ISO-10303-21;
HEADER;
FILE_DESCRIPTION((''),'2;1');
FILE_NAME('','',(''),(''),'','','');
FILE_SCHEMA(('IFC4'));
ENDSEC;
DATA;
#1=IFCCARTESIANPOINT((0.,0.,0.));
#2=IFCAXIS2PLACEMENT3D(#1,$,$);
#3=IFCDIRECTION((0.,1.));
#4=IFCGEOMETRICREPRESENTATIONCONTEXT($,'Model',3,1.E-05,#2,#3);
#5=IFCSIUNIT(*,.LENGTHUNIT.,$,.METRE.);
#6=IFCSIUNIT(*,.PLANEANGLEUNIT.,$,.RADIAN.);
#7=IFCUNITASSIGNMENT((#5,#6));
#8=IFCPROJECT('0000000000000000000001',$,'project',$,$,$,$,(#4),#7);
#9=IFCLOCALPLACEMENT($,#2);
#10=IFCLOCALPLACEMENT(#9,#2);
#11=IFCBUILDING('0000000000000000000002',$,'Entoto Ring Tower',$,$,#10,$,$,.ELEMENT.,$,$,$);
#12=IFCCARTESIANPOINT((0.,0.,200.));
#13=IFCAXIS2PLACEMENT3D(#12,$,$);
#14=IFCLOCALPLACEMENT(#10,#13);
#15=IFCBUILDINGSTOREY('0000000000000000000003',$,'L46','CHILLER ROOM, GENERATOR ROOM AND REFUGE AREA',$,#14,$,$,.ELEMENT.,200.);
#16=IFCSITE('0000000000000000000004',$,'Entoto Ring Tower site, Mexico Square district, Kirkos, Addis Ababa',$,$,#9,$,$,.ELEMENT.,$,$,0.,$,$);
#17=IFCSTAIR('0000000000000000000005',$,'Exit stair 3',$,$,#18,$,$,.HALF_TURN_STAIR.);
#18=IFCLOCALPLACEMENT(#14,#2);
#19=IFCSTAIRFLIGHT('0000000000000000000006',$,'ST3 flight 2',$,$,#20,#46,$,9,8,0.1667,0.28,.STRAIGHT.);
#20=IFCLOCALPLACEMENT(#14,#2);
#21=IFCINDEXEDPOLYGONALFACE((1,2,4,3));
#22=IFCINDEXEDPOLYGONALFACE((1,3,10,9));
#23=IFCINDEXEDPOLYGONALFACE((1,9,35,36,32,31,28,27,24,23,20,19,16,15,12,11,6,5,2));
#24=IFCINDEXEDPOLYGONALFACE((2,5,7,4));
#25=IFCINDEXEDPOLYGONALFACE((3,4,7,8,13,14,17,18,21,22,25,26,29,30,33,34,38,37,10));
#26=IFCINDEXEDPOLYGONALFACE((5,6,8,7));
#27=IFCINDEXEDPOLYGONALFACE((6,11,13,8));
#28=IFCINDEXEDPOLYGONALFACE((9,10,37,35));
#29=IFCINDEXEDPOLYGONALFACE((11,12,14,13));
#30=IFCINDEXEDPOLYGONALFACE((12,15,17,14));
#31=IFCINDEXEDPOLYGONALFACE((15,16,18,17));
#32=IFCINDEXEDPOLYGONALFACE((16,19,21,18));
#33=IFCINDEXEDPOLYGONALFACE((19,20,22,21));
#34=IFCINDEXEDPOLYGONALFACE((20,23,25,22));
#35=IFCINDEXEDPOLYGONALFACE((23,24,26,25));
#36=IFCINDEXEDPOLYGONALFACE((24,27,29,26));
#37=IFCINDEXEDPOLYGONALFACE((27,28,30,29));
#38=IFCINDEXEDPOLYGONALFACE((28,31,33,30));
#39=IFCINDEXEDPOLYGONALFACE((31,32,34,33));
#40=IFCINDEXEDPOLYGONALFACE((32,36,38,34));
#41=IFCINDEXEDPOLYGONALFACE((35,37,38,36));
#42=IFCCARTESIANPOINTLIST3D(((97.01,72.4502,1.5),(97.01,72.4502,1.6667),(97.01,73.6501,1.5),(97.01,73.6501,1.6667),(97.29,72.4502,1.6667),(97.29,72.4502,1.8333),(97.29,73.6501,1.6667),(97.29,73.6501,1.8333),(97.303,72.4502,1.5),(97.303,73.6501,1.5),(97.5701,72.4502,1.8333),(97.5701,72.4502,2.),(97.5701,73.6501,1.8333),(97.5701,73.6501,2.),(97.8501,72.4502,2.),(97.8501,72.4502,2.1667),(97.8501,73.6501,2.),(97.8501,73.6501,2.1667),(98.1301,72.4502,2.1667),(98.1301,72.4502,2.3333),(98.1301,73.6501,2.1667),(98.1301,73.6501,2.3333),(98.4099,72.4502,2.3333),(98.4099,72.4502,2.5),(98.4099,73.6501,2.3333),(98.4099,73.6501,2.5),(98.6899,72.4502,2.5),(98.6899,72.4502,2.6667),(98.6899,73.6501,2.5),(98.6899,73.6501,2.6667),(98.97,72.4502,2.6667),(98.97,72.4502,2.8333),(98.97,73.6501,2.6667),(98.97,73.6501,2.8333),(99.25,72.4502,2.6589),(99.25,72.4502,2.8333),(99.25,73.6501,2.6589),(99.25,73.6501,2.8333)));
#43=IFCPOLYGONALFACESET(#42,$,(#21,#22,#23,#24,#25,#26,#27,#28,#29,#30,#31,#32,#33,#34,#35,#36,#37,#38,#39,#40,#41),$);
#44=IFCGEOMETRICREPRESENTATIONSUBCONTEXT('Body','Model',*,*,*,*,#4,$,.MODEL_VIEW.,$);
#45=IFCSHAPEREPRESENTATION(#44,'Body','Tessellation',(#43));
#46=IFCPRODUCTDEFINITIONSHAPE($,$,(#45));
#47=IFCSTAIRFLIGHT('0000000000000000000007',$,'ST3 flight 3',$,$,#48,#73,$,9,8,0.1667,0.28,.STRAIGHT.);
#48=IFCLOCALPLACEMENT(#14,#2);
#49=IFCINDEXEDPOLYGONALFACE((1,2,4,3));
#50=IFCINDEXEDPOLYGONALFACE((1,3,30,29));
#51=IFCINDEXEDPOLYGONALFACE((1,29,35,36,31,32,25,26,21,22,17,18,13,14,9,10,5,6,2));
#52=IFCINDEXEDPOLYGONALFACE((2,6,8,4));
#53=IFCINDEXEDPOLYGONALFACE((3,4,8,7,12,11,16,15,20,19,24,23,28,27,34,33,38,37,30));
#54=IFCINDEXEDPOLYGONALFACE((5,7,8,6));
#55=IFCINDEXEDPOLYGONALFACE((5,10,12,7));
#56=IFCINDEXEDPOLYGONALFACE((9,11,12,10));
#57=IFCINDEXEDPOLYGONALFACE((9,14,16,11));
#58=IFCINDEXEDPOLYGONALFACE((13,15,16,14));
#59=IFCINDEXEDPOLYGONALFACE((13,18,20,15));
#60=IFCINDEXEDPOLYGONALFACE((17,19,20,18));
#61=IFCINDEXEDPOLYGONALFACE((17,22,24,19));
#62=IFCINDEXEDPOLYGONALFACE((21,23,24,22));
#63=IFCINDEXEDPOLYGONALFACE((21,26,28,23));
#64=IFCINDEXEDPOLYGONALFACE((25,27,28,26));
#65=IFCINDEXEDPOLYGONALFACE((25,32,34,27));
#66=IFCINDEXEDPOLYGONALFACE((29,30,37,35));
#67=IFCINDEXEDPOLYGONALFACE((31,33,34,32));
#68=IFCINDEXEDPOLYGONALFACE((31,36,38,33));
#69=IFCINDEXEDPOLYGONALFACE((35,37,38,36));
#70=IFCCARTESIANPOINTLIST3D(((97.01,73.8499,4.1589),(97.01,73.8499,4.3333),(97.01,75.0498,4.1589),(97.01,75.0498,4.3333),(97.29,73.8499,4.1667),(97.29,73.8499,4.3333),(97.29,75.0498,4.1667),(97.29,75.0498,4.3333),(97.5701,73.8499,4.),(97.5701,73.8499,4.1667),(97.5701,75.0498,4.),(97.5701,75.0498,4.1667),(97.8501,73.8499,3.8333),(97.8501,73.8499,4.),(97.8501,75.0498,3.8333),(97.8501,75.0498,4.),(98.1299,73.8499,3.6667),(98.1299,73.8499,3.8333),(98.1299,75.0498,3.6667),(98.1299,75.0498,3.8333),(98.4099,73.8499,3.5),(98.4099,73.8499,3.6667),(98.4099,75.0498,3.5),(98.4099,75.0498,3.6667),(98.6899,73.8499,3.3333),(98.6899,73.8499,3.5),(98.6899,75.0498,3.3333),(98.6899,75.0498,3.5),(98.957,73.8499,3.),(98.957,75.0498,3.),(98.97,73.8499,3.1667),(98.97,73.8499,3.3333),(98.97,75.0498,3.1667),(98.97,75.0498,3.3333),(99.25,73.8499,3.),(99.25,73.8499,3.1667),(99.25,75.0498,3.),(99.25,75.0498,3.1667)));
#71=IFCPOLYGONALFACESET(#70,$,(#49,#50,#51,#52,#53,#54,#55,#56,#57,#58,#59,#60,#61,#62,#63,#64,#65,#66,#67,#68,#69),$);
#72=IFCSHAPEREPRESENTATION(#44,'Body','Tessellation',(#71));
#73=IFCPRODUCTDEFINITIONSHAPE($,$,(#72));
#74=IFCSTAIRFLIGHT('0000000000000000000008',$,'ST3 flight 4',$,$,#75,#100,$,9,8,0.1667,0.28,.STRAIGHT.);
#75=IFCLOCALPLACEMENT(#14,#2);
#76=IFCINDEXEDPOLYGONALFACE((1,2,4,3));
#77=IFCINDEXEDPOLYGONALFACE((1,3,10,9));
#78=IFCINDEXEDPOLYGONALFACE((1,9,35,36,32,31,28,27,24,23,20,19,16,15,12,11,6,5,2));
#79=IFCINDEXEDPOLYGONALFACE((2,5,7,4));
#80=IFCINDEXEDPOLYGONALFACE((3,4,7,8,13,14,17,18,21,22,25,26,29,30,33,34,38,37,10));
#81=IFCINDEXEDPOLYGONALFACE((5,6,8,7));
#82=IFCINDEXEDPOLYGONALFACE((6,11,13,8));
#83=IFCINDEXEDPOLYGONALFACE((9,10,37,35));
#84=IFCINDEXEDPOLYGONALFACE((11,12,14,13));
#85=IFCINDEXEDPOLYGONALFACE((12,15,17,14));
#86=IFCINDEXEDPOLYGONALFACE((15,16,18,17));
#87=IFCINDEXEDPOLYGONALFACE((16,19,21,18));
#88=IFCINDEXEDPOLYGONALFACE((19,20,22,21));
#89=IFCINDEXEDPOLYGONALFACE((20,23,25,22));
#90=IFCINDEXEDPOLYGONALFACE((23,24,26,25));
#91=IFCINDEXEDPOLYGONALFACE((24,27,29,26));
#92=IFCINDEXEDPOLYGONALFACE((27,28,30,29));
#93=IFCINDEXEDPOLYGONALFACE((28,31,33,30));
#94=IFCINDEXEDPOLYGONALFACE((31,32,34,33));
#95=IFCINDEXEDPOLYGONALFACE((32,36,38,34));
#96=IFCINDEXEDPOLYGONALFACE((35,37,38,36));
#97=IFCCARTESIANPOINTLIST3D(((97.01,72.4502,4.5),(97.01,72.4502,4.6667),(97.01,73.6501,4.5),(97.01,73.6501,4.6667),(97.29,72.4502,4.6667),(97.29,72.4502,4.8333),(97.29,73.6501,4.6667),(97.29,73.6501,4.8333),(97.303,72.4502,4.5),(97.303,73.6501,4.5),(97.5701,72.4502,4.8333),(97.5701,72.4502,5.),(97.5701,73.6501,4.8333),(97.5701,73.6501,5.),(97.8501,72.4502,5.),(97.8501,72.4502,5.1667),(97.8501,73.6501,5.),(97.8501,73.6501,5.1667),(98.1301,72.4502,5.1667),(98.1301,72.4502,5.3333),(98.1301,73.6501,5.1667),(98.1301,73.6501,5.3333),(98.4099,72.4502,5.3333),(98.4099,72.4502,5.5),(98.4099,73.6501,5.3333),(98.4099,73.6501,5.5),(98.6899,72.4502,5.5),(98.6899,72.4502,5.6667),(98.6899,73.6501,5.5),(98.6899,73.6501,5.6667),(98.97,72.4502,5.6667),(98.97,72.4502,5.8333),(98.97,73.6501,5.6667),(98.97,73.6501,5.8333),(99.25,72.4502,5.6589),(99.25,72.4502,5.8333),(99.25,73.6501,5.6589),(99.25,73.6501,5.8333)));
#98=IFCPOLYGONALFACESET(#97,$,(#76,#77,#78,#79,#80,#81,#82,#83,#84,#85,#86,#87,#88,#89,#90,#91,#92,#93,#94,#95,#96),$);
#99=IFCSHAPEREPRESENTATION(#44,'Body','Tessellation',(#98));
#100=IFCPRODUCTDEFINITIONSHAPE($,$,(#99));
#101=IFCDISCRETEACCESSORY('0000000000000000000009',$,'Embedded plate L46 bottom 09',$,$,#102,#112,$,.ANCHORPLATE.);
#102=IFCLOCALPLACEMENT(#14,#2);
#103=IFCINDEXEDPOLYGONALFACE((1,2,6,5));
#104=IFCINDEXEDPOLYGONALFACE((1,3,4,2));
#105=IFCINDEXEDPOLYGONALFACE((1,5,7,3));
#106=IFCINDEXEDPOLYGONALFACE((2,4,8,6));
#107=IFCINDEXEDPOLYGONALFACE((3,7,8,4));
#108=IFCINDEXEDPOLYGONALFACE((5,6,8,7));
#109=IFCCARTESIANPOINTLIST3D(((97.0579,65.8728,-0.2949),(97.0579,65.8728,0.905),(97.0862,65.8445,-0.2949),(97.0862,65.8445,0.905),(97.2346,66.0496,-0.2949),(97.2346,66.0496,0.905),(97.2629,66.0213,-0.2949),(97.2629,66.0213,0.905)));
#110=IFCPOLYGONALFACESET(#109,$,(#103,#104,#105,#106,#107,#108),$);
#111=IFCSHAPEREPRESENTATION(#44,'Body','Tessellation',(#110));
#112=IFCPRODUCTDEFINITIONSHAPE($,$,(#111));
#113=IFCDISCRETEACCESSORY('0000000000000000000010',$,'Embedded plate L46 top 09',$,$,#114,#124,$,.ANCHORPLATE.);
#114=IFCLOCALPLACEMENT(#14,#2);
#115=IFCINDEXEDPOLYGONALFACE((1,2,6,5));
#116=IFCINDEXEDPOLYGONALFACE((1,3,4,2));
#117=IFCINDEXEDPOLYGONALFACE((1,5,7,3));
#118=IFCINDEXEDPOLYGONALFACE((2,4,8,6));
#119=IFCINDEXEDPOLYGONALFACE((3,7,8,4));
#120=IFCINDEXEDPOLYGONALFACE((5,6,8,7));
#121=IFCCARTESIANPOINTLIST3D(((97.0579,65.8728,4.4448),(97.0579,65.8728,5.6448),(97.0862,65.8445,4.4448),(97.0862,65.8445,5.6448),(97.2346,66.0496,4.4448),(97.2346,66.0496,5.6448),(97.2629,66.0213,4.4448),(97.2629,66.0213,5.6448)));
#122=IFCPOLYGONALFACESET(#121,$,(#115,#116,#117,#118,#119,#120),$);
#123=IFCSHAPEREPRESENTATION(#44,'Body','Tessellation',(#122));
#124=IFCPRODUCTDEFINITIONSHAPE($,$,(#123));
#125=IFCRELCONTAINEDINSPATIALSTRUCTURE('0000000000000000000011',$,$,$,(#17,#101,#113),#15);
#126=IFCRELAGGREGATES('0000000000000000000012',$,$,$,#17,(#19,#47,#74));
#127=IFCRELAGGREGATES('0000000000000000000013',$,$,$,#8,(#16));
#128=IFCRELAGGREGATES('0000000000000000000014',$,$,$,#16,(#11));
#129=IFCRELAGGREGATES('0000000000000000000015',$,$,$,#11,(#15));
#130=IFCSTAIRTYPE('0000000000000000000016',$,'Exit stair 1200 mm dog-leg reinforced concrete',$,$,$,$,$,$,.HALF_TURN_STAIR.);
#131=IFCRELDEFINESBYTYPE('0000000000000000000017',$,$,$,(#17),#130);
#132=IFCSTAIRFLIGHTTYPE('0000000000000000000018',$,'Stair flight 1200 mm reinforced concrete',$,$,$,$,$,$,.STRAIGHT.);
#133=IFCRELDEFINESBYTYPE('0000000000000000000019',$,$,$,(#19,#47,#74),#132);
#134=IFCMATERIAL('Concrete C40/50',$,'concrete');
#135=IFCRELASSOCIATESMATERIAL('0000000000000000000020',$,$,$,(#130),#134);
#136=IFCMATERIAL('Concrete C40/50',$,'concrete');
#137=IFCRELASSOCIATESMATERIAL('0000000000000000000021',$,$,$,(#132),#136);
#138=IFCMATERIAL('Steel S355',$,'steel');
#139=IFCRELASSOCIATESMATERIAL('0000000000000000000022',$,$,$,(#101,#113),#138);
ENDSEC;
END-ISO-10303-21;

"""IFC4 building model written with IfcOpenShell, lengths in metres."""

from ifc_helpers import new_model, si_unit, direction, frame, origin, origin_2d, place, context, subcontext, project, spatial, polyline, rectangle, outline, extrude, material, type_object, element, aggregate, save


model = new_model("IFC4")

# Units and contexts
model_context = context("Model", 3, precision=1e-05, world=origin(), true_north=direction((0.0, 1.0)))
body_context = subcontext(model_context, "Body", "Model", "MODEL_VIEW")
ifc_project = project(units=[si_unit("LENGTHUNIT", "METRE"), si_unit("PLANEANGLEUNIT", "RADIAN")], contexts=[model_context])

# Site, building, storey
site_placement = place(None, origin())
site = spatial("IfcSite", under=ifc_project, at=site_placement, Name="Entoto Ring Tower site, Mexico Square district, Kirkos, Addis Ababa", CompositionType="ELEMENT", RefElevation=0.0)
building_placement = place(site_placement, origin())
building = spatial("IfcBuilding", under=site, at=building_placement, Name="Entoto Ring Tower", CompositionType="ELEMENT")
storey_placement = place(building_placement, frame((0.0, 0.0, 200.0)))
storey = spatial("IfcBuildingStorey", under=building, at=storey_placement, Name="L46", Description="CHILLER ROOM, GENERATOR ROOM AND REFUGE AREA", CompositionType="ELEMENT", Elevation=200.0)

# Stair, stair flights
ifc_material_1 = material(Name="Concrete C40/50", Category="concrete")
stair_type = type_object("IfcStairType", Name="Exit stair 1200 mm dog-leg reinforced concrete", PredefinedType="HALF_TURN_STAIR", material=ifc_material_1)
stair_placement = place(storey_placement, origin())
stair = element("IfcStair", 1, at=stair_placement, inside=storey, type_object=stair_type, Name="Exit stair 3", PredefinedType="HALF_TURN_STAIR")
ifc_material_2 = material(Name="Concrete C40/50", Category="concrete")
stair_flight_type = type_object("IfcStairFlightType", Name="Stair flight 1200 mm reinforced concrete", PredefinedType="STRAIGHT", material=ifc_material_2)
stair_flight_1_placement = place(storey_placement, frame((97.01, 73.05, 1.5), z_axis=(0.0, 0.0, 1.0), x_axis=(1.0, 0.0, 0.0)))
stair_flight_1 = element("IfcStairFlight", 2, at=stair_flight_1_placement, type_object=stair_flight_type, Name="ST3 flight 2", NumberOfRisers=9, NumberOfTreads=8, PredefinedType="STRAIGHT", RiserHeight=0.1667, TreadLength=0.28, context=body_context, shape_type="SweptSolid", body=[
    extrude(outline(polyline([(0.0, 0.0), (0.0, 0.1667), (0.28, 0.1667), (0.28, 0.3333), (0.5601, 0.3333), (0.5601, 0.5), (0.8401, 0.5), (0.8401, 0.6667), (1.1201, 0.6667), (1.1201, 0.8333), (1.3999, 0.8333), (1.3999, 1.0), (1.6799, 1.0), (1.6799, 1.1667), (1.96, 1.1667), (1.96, 1.3333), (2.24, 1.3333), (2.24, 1.5), (2.24, 1.1589), (0.293, 0.0), (0.0, 0.0)])), frame((0.0, 0.6001, 0.0), z_axis=(0.0, -1.0, 0.0), x_axis=(1.0, 0.0, 0.0)), (0.0, 0.0, 1.0), 1.2),
])
stair_flight_2_placement = place(storey_placement, frame((99.25, 74.45, 3.0), z_axis=(0.0, 0.0, 1.0), x_axis=(-1.0, 0.0, 0.0)))
stair_flight_2 = element("IfcStairFlight", 3, at=stair_flight_2_placement, type_object=stair_flight_type, Name="ST3 flight 3", NumberOfRisers=9, NumberOfTreads=8, PredefinedType="STRAIGHT", RiserHeight=0.1667, TreadLength=0.28, context=body_context, shape_type="SweptSolid", body=[
    extrude(outline(polyline([(0.0, 0.0), (0.0, 0.1667), (0.28, 0.1667), (0.28, 0.3333), (0.5601, 0.3333), (0.5601, 0.5), (0.8401, 0.5), (0.8401, 0.6667), (1.1201, 0.6667), (1.1201, 0.8333), (1.3999, 0.8333), (1.3999, 1.0), (1.6799, 1.0), (1.6799, 1.1667), (1.96, 1.1667), (1.96, 1.3333), (2.24, 1.3333), (2.24, 1.5), (2.24, 1.1589), (0.293, 0.0), (0.0, 0.0)])), frame((0.0, 0.6001, 0.0), z_axis=(0.0, -1.0, 0.0), x_axis=(1.0, 0.0, 0.0)), (0.0, 0.0, 1.0), 1.2),
])
stair_flight_3_placement = place(storey_placement, frame((97.01, 73.05, 4.5), z_axis=(0.0, 0.0, 1.0), x_axis=(1.0, 0.0, 0.0)))
stair_flight_3 = element("IfcStairFlight", 4, at=stair_flight_3_placement, type_object=stair_flight_type, Name="ST3 flight 4", NumberOfRisers=9, NumberOfTreads=8, PredefinedType="STRAIGHT", RiserHeight=0.1667, TreadLength=0.28, context=body_context, shape_type="SweptSolid", body=[
    extrude(outline(polyline([(0.0, 0.0), (0.0, 0.1667), (0.28, 0.1667), (0.28, 0.3333), (0.5601, 0.3333), (0.5601, 0.5), (0.8401, 0.5), (0.8401, 0.6667), (1.1201, 0.6667), (1.1201, 0.8333), (1.3999, 0.8333), (1.3999, 1.0), (1.6799, 1.0), (1.6799, 1.1667), (1.96, 1.1667), (1.96, 1.3333), (2.24, 1.3333), (2.24, 1.5), (2.24, 1.1589), (0.293, 0.0), (0.0, 0.0)])), frame((0.0, 0.6001, 0.0), z_axis=(0.0, -1.0, 0.0), x_axis=(1.0, 0.0, 0.0)), (0.0, 0.0, 1.0), 1.2),
])
aggregate(stair, [stair_flight_1, stair_flight_2, stair_flight_3])

# Discrete accessories
ifc_material_3 = material(Name="Steel S355", Category="steel")
for number, where, z_axis, x_axis, name in (
    (5, (97.1604, 65.947, -0.2949), (0.0, 0.0, 1.0), (0.707107, -0.707107, 0.0), "Embedded plate L46 bottom 09"),
    (6, (97.1604, 65.947, 4.4448), (0.0, 0.0, 1.0), (0.707107, -0.707107, 0.0), "Embedded plate L46 top 09"),
):
    element("IfcDiscreteAccessory", number, at=place(storey_placement, frame(where, z_axis=z_axis, x_axis=x_axis)), inside=storey, material=ifc_material_3, Name=name, PredefinedType="ANCHORPLATE", context=body_context, shape_type="SweptSolid", body=[
        extrude(rectangle(XDim=0.04, YDim=0.25, at=origin_2d()), origin(), (0.0, 0.0, 1.0), 1.2),
    ])

save(model, "model.ifc")
